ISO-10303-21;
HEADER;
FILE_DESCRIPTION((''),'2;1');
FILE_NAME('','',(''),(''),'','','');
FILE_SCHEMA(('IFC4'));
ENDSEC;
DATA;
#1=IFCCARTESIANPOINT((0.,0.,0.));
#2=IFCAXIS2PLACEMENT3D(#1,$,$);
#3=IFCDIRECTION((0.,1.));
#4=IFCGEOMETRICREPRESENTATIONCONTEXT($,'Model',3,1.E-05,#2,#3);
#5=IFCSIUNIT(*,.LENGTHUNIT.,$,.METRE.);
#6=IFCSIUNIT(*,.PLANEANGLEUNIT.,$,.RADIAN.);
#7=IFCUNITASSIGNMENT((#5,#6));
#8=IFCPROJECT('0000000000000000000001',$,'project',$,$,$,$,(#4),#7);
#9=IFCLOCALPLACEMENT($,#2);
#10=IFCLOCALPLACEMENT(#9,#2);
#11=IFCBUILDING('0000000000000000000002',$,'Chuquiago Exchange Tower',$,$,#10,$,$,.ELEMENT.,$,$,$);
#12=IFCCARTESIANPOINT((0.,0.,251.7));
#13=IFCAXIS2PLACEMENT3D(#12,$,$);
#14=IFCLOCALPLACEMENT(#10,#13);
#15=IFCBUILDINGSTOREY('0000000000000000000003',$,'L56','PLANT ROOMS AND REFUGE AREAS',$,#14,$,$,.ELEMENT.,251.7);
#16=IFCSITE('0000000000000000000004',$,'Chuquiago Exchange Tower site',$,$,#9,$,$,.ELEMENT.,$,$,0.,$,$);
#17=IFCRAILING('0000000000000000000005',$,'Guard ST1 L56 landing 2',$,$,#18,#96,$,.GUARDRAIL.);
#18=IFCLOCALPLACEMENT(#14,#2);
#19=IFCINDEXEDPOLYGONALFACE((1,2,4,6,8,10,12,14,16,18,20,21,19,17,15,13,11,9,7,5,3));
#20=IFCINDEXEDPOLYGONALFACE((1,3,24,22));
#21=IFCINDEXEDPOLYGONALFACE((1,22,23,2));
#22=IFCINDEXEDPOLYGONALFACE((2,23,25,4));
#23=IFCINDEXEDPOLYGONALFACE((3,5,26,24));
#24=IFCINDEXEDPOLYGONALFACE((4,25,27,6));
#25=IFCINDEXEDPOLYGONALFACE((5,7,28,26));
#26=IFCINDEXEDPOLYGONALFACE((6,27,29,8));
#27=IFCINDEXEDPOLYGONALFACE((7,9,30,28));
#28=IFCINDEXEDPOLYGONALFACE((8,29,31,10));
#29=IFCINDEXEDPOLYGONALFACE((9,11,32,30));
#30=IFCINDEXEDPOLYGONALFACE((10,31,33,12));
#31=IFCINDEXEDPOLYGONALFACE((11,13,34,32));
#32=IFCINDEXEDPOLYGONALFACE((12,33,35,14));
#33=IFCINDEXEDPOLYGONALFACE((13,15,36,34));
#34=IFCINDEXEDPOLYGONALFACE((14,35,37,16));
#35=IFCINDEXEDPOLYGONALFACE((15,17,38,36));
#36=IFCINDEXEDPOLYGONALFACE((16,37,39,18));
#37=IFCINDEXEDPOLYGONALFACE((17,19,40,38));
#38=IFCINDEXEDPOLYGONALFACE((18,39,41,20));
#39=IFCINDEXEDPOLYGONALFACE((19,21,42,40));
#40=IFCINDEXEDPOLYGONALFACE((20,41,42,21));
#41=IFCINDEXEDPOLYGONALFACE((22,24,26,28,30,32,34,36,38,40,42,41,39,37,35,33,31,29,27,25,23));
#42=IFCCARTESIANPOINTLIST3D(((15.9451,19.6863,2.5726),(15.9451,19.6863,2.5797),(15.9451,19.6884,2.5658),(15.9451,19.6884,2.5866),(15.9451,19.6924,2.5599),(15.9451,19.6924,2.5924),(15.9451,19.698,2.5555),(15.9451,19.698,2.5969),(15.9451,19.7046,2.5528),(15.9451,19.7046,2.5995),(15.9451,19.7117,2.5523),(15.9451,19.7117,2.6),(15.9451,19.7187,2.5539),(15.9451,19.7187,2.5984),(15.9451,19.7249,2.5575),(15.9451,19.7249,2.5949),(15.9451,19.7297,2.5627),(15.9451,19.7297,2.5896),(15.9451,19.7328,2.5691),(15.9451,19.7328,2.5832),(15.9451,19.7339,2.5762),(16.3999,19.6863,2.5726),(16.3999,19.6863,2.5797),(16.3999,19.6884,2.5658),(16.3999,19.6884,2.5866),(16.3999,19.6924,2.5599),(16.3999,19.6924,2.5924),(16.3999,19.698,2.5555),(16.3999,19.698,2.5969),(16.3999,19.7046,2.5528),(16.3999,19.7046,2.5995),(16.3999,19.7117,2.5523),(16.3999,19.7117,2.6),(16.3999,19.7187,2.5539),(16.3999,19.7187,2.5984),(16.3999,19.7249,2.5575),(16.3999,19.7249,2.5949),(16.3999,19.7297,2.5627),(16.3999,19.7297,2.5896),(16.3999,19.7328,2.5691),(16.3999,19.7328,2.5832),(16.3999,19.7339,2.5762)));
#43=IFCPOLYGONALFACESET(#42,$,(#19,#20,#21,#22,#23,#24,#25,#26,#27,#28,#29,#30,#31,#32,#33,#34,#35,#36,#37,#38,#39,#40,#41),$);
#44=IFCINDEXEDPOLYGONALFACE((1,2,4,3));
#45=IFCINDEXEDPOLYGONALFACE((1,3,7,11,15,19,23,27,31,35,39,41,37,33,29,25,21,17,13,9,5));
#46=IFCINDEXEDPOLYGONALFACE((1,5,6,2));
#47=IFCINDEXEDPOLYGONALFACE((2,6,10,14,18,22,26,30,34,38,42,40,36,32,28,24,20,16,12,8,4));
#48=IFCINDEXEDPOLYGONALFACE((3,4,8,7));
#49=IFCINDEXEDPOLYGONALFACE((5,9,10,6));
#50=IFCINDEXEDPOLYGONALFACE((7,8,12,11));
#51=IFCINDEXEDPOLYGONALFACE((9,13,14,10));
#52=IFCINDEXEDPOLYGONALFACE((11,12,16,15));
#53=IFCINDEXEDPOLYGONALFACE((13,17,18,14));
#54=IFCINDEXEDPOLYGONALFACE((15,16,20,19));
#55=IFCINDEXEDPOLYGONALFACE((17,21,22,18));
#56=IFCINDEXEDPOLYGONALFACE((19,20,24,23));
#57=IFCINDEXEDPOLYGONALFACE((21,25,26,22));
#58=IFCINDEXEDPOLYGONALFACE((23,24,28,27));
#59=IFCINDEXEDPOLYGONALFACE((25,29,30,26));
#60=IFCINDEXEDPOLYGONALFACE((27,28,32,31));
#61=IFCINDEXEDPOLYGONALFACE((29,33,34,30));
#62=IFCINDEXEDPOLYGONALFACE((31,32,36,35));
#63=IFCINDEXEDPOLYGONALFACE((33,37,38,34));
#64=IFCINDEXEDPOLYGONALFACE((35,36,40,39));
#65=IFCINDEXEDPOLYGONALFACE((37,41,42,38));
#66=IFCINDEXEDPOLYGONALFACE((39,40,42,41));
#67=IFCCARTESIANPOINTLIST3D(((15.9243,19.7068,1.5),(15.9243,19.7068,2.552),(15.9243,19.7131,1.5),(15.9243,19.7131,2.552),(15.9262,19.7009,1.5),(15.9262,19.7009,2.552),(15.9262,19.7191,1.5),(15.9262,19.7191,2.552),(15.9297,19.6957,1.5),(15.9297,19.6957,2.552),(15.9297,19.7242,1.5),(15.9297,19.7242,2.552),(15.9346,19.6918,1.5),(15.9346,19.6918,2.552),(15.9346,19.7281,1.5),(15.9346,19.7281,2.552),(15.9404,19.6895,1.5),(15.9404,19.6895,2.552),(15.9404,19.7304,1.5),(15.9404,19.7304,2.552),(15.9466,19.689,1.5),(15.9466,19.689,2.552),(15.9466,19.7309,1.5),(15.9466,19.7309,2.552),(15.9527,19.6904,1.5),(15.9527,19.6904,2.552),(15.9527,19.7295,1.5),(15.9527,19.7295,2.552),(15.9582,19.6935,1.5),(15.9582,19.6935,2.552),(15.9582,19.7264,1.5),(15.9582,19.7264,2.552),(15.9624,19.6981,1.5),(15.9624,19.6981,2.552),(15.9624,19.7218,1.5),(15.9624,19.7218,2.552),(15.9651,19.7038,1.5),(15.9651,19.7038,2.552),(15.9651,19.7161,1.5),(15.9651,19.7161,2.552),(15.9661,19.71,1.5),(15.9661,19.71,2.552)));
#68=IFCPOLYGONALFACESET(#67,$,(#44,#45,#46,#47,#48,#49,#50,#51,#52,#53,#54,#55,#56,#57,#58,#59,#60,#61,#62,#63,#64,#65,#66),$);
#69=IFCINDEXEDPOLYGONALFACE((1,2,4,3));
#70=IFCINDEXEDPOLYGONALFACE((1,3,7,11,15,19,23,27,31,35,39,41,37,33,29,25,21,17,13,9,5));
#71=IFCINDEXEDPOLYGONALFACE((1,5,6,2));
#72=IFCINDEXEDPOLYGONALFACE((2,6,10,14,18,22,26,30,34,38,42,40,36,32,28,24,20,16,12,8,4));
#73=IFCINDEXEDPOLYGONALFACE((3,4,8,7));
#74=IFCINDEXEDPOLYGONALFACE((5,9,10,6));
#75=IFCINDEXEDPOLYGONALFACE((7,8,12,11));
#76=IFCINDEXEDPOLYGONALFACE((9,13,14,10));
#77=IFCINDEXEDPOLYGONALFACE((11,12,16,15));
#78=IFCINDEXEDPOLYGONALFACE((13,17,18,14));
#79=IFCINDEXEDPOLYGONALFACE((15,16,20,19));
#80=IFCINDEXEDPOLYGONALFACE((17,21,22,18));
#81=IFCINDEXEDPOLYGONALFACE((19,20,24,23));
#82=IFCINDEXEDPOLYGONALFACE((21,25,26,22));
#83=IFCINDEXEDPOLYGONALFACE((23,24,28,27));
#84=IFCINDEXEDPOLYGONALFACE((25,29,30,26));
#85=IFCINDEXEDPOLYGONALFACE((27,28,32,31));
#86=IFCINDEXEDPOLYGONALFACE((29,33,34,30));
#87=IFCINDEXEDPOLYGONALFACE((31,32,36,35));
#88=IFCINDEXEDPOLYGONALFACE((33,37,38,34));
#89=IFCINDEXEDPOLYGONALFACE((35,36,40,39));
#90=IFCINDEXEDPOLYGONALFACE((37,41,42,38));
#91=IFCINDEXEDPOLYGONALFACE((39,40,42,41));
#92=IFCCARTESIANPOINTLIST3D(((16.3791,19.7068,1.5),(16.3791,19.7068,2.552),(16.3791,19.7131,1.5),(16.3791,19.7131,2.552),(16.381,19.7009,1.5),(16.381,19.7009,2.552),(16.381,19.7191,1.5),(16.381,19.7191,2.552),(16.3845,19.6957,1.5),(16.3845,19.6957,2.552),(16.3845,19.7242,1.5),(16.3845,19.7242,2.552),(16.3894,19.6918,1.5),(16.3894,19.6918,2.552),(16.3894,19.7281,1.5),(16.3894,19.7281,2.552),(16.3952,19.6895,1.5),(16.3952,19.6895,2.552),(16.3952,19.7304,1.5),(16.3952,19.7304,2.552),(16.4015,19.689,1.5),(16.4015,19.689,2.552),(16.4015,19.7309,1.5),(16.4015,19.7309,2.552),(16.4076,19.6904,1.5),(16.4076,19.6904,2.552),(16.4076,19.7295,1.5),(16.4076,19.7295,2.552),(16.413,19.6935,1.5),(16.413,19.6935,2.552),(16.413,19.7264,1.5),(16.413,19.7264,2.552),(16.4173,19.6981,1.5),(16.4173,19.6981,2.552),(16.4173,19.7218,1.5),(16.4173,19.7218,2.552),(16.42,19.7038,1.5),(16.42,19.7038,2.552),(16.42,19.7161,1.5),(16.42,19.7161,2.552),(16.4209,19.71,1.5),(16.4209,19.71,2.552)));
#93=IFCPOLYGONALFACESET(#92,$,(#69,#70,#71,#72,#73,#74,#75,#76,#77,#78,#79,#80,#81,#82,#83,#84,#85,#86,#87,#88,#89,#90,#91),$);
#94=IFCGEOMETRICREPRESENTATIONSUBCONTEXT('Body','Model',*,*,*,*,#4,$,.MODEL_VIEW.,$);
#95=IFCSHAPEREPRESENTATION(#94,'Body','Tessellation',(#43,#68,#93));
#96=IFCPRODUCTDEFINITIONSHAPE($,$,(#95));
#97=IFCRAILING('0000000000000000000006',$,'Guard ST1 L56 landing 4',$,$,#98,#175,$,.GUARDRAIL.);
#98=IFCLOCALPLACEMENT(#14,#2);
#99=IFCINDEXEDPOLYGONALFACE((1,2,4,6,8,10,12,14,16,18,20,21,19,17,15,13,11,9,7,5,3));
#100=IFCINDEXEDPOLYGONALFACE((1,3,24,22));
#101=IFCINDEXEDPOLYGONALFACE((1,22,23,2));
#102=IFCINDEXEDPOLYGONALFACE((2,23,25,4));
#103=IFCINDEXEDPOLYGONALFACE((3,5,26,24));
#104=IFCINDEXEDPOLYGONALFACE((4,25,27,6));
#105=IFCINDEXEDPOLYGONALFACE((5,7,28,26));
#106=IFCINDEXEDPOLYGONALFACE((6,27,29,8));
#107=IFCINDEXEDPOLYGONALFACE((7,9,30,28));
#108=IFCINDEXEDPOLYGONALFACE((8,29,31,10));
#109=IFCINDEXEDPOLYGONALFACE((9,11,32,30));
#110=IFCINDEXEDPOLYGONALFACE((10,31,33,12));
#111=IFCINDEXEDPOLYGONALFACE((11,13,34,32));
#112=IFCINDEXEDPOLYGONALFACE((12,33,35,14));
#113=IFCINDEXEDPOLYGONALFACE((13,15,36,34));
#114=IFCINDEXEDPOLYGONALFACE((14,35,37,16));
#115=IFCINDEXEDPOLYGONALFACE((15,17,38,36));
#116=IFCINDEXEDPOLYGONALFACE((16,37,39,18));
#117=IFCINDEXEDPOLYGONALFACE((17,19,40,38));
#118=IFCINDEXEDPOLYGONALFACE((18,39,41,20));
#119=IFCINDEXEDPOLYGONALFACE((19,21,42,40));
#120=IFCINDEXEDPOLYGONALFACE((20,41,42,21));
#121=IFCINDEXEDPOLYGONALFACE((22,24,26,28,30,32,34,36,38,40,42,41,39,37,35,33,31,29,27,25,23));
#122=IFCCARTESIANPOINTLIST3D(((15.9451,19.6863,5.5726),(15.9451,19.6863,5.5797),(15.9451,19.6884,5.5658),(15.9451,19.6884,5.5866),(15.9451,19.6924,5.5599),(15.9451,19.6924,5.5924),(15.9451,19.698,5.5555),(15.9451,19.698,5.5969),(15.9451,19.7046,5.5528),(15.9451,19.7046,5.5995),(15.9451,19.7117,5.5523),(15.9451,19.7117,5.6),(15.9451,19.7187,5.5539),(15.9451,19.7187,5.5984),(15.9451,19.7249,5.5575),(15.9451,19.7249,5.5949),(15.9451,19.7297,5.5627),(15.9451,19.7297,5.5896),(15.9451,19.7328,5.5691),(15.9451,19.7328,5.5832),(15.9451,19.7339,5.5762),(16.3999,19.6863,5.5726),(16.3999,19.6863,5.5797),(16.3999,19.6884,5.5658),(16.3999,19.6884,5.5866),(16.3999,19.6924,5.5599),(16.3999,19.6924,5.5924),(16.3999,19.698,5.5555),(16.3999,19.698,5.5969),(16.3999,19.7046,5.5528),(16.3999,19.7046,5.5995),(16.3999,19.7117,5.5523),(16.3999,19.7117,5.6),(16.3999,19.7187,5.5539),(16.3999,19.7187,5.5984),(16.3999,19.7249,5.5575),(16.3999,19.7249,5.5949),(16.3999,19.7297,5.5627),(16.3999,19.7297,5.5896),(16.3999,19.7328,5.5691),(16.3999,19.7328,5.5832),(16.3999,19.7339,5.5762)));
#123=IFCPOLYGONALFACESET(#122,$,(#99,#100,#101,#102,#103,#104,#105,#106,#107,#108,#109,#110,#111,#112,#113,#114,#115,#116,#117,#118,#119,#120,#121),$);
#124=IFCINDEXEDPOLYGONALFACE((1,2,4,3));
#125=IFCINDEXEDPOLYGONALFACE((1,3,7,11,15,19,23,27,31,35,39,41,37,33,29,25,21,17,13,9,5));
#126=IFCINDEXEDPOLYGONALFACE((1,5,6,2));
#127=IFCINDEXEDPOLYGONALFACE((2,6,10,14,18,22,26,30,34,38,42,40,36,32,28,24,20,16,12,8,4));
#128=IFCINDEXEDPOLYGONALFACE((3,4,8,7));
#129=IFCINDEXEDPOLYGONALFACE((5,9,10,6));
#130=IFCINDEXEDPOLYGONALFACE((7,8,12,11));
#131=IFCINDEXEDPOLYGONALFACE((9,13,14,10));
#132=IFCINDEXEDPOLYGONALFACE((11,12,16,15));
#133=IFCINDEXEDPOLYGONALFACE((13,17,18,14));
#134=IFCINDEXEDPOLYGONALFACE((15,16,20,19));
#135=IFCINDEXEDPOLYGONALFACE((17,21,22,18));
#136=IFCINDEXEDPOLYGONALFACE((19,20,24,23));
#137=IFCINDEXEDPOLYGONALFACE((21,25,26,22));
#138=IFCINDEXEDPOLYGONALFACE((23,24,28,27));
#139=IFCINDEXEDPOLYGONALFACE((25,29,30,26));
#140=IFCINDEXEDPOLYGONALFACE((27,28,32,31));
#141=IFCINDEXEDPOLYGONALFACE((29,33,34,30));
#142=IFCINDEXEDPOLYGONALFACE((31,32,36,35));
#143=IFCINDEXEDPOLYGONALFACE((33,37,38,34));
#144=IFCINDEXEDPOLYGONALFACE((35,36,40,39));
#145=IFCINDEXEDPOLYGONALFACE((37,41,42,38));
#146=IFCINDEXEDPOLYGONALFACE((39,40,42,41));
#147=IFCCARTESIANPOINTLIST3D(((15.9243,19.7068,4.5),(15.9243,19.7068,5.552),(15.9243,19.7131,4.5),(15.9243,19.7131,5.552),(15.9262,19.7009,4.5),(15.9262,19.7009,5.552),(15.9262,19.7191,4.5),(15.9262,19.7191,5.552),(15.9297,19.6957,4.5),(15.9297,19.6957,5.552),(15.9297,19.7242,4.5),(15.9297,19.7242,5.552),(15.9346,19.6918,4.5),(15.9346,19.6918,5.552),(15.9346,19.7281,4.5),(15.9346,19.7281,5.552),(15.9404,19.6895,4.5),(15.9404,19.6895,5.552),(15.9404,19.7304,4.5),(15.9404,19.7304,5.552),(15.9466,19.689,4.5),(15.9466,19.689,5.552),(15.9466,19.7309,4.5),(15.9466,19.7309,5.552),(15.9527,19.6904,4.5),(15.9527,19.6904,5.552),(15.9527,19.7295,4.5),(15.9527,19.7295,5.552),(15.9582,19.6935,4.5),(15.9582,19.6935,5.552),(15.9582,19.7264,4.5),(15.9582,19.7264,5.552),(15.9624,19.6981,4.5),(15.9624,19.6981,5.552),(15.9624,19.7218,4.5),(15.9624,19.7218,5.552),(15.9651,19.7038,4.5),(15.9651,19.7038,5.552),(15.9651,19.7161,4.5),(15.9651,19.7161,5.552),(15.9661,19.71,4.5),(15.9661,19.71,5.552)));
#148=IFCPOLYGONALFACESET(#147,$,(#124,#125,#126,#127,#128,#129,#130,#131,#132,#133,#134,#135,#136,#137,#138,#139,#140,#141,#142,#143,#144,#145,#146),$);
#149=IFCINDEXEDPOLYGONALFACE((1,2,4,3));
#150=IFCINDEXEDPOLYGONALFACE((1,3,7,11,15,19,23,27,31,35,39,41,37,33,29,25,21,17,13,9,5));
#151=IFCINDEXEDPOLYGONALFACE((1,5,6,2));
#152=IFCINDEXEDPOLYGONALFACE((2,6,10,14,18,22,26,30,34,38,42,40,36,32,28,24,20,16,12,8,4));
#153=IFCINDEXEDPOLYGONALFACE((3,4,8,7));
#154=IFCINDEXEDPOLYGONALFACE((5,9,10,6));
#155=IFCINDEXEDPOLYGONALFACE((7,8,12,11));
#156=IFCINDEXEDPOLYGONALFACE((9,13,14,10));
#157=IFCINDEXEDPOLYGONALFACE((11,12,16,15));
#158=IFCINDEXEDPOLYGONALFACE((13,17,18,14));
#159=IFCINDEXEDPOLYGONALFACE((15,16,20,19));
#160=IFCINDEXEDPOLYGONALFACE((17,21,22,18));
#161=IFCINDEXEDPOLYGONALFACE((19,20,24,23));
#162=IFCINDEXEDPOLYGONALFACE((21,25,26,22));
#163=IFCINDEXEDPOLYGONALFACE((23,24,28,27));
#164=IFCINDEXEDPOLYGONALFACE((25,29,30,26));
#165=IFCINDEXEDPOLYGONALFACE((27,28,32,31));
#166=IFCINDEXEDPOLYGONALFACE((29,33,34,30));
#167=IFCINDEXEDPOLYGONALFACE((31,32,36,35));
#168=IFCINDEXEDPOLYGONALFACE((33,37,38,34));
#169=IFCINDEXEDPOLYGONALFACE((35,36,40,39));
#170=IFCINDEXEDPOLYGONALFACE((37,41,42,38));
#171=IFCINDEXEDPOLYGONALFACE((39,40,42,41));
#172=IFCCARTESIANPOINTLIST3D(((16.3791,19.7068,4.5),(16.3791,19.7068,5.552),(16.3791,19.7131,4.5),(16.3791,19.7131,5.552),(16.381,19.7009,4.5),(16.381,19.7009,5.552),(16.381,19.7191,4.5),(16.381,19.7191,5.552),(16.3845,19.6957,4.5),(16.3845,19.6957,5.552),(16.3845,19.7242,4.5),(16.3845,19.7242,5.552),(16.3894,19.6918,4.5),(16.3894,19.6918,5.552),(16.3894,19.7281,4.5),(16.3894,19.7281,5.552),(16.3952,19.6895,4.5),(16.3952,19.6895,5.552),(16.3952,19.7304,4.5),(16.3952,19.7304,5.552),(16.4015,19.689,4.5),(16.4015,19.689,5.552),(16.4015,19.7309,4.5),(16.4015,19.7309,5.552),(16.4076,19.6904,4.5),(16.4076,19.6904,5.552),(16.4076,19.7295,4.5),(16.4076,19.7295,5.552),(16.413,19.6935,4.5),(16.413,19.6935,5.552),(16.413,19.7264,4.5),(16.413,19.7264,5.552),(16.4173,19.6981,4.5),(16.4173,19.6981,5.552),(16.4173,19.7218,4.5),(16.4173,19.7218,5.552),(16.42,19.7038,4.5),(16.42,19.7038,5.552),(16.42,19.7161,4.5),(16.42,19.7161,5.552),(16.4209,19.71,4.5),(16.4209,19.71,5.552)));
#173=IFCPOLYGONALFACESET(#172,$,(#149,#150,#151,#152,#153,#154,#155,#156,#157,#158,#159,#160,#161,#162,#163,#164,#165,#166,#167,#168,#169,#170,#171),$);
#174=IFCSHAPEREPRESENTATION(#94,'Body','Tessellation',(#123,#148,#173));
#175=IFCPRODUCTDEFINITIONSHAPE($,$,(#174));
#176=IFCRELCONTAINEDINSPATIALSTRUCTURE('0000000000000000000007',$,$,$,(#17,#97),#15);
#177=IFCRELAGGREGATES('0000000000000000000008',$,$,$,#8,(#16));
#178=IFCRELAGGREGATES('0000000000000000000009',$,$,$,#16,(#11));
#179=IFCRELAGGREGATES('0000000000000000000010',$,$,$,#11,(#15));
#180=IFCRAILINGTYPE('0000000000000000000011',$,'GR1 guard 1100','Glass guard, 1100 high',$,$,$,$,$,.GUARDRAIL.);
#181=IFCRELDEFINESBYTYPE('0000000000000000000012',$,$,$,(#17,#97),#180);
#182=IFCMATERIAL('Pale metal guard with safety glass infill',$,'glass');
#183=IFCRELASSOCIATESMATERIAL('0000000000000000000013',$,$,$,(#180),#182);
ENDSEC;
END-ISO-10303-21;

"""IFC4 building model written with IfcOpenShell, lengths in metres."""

from ifc_helpers import new_model, si_unit, direction, frame, origin, origin_2d, place, context, subcontext, project, spatial, circle, extrude, material, type_object, element, save


model = new_model("IFC4")

# Units and contexts
model_context = context("Model", 3, precision=1e-05, world=origin(), true_north=direction((0.0, 1.0)))
body_context = subcontext(model_context, "Body", "Model", "MODEL_VIEW")
ifc_project = project(units=[si_unit("LENGTHUNIT", "METRE"), si_unit("PLANEANGLEUNIT", "RADIAN")], contexts=[model_context])

# Site, building, storey
site_placement = place(None, origin())
site = spatial("IfcSite", under=ifc_project, at=site_placement, Name="Chuquiago Exchange Tower site", CompositionType="ELEMENT", RefElevation=0.0)
building_placement = place(site_placement, origin())
building = spatial("IfcBuilding", under=site, at=building_placement, Name="Chuquiago Exchange Tower", CompositionType="ELEMENT")
storey_placement = place(building_placement, frame((0.0, 0.0, 251.7)))
storey = spatial("IfcBuildingStorey", under=building, at=storey_placement, Name="L56", Description="PLANT ROOMS AND REFUGE AREAS", CompositionType="ELEMENT", Elevation=251.7)

# Railings
ifc_material_1 = material(Name="Pale metal guard with safety glass infill", Category="glass")
railing_type_1 = type_object("IfcRailingType", Name="GR1 guard 1100", Description="Glass guard, 1100 high", PredefinedType="GUARDRAIL", material=ifc_material_1)
for number, where, name in (
    (1, (15.9451, 19.71, 1.5), "Guard ST1 L56 landing 2"),
    (2, (15.9451, 19.71, 4.5), "Guard ST1 L56 landing 4"),
):
    element("IfcRailing", number, at=place(storey_placement, frame(where)), inside=storey, type_object=railing_type_1, Name=name, PredefinedType="GUARDRAIL", context=body_context, shape_type="SweptSolid", body=[
        extrude(circle(Radius=0.0239, at=origin_2d()), frame((0.0, 0.0, 1.0762), z_axis=(1.0, 0.0, 0.0), x_axis=(0.0, 1.0, 0.0)), (0.0, 0.0, 1.0), 0.4548),
        extrude(circle(Radius=0.021, at=origin_2d()), origin(), (0.0, 0.0, 1.0), 1.052),
        extrude(circle(Radius=0.021, at=origin_2d()), frame((0.4548, 0.0, 0.0)), (0.0, 0.0, 1.0), 1.052),
    ])

save(model, "model.ifc")
